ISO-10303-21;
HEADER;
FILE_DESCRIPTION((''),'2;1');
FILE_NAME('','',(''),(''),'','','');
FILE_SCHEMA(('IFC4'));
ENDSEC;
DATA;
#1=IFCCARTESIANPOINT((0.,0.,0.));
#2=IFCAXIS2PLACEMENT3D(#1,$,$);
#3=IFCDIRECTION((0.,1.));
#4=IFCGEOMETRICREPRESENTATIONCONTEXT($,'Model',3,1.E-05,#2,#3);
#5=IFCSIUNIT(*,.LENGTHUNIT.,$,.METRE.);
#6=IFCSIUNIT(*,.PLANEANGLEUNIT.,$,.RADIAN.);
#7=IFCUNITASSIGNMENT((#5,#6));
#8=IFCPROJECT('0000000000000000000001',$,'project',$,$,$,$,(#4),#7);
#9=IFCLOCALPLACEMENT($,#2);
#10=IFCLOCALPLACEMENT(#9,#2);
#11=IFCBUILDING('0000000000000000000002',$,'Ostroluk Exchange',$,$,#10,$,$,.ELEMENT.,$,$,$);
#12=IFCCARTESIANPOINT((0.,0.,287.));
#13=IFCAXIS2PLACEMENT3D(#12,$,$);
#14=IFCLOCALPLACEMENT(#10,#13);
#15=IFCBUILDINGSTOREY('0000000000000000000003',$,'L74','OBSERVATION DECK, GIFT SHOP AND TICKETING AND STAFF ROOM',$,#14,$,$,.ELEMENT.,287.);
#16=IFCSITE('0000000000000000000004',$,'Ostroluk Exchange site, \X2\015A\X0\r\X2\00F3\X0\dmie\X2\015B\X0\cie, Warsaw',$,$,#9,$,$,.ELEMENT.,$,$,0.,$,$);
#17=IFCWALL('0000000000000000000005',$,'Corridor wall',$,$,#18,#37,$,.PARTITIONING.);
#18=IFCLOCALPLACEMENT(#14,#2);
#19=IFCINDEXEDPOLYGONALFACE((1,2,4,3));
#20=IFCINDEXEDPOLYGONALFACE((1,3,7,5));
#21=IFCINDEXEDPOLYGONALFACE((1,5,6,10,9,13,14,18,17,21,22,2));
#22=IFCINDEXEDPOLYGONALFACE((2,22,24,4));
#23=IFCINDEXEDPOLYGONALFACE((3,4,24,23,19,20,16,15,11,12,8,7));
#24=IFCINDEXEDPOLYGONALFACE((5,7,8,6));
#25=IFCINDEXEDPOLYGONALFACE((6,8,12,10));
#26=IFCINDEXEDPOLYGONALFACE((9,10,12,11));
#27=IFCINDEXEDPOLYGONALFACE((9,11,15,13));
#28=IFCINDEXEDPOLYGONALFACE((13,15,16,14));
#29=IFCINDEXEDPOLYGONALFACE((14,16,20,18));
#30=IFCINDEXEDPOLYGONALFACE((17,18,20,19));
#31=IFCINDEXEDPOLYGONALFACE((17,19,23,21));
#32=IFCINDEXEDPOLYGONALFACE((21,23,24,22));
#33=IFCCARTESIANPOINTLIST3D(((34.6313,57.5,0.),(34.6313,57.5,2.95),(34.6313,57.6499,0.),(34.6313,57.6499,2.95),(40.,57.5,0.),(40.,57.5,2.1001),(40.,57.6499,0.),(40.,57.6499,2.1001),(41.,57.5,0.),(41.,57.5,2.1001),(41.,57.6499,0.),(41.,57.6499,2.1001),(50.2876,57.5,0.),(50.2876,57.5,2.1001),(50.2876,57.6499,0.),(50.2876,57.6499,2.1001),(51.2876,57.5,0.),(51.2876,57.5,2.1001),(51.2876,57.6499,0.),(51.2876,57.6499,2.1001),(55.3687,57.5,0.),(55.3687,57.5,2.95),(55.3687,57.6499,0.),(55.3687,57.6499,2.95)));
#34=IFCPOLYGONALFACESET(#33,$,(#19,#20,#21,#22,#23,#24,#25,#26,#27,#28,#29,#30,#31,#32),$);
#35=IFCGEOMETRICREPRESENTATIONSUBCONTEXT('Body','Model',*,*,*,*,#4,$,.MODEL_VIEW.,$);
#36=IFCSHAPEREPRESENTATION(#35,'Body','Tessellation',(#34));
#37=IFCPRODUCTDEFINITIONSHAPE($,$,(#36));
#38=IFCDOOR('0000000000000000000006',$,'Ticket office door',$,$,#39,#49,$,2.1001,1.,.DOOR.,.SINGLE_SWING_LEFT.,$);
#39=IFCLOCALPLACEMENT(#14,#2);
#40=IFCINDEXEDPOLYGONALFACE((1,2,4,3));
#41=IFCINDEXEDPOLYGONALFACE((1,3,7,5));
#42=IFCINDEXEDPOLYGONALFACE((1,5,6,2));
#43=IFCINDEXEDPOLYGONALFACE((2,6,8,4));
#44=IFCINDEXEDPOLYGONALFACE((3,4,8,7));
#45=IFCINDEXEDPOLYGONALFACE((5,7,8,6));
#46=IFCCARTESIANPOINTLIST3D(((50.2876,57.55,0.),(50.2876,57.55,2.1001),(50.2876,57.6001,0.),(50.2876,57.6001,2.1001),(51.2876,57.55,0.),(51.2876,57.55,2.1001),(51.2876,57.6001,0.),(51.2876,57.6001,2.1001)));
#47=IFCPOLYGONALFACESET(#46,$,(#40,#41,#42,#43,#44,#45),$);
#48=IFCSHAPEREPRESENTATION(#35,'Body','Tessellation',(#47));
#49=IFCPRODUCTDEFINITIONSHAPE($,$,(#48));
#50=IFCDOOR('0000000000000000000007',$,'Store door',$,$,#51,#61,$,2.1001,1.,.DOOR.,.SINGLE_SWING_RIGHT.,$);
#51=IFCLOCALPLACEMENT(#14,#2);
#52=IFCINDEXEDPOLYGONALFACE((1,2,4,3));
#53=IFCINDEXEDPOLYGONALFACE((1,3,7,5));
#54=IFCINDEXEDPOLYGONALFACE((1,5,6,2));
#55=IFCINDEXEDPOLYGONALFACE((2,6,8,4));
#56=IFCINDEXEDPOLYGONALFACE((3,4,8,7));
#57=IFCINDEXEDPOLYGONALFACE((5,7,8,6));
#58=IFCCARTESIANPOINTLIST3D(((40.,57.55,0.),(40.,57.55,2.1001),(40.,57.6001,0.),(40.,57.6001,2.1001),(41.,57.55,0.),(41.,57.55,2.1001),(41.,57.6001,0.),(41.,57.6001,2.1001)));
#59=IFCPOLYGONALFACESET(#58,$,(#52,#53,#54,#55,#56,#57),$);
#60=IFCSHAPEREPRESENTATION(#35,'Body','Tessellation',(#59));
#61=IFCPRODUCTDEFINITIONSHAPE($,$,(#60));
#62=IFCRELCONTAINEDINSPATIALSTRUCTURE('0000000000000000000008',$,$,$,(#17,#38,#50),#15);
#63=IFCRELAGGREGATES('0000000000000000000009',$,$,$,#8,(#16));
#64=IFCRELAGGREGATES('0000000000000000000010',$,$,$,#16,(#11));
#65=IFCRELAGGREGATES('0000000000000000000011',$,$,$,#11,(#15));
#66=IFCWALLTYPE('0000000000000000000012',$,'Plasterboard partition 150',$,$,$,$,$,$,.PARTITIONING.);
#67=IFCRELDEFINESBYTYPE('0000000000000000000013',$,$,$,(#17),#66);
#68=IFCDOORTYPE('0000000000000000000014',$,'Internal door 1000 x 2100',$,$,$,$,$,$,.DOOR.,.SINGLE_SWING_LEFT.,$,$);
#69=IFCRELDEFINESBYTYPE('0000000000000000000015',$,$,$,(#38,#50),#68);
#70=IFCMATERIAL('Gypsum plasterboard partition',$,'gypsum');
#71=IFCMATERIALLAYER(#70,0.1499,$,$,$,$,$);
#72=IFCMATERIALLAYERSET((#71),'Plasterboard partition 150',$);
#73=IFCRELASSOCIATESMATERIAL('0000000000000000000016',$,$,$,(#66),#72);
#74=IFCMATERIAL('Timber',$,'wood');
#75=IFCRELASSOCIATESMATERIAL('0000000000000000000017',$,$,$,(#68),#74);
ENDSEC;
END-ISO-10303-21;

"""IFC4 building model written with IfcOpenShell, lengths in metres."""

from ifc_helpers import new_model, si_unit, direction, frame, frame_2d, origin, place, context, subcontext, project, spatial, rectangle, extrude, material, layer, layer_set, type_object, element, fill, save


model = new_model("IFC4")

# Units and contexts
model_context = context("Model", 3, precision=1e-05, world=origin(), true_north=direction((0.0, 1.0)))
body_context = subcontext(model_context, "Body", "Model", "MODEL_VIEW")
ifc_project = project(units=[si_unit("LENGTHUNIT", "METRE"), si_unit("PLANEANGLEUNIT", "RADIAN")], contexts=[model_context])

# Site, building, storey
site_placement = place(None, origin())
site = spatial("IfcSite", under=ifc_project, at=site_placement, Name="Ostroluk Exchange site, Śródmieście, Warsaw", CompositionType="ELEMENT", RefElevation=0.0)
building_placement = place(site_placement, origin())
building = spatial("IfcBuilding", under=site, at=building_placement, Name="Ostroluk Exchange", CompositionType="ELEMENT")
storey_placement = place(building_placement, frame((0.0, 0.0, 287.0)))
storey = spatial("IfcBuildingStorey", under=building, at=storey_placement, Name="L74", Description="OBSERVATION DECK, GIFT SHOP AND TICKETING AND STAFF ROOM", CompositionType="ELEMENT", Elevation=287.0)

# Wall, openings, doors
ifc_material_1 = material(Name="Gypsum plasterboard partition", Category="gypsum")
ifc_layer_1 = layer(ifc_material_1, 0.1499)
ifc_layer_set_1 = layer_set([ifc_layer_1], Name="Plasterboard partition 150")
wall_type_1 = type_object("IfcWallType", Name="Plasterboard partition 150", PredefinedType="PARTITIONING", material=ifc_layer_set_1)
wall_1_placement = place(storey_placement, frame((55.3687, 57.575, 0.0), z_axis=(0.0, 0.0, 1.0), x_axis=(-1.0, 0.0, 0.0)))
wall_1 = element("IfcWall", 1, at=wall_1_placement, inside=storey, type_object=wall_type_1, Name="Corridor wall", PredefinedType="PARTITIONING", context=body_context, shape_type="SweptSolid", body=[
    extrude(rectangle(XDim=20.7373, YDim=0.1499, at=frame_2d((10.3687, 0.0))), origin(), (0.0, 0.0, 1.0), 2.95),
])
opening_1_placement = place(wall_1_placement, frame((4.0811, 0.0, 0.0)))
opening_1 = element("IfcOpeningElement", 2, at=opening_1_placement, cuts=wall_1, PredefinedType="OPENING", context=body_context, shape_type="SweptSolid", body=[
    extrude(rectangle(XDim=1.0, YDim=2.1001, at=frame_2d((0.5, 1.05))), frame((0.0, 0.085, 0.0), z_axis=(0.0, -1.0, 0.0), x_axis=(1.0, 0.0, 0.0)), (0.0, 0.0, 1.0), 0.1699),
])
opening_2_placement = place(wall_1_placement, frame((14.3687, 0.0, 0.0)))
opening_2 = element("IfcOpeningElement", 3, at=opening_2_placement, cuts=wall_1, PredefinedType="OPENING", context=body_context, shape_type="SweptSolid", body=[
    extrude(rectangle(XDim=1.0, YDim=2.1001, at=frame_2d((0.5, 1.05))), frame((0.0, 0.085, 0.0), z_axis=(0.0, -1.0, 0.0), x_axis=(1.0, 0.0, 0.0)), (0.0, 0.0, 1.0), 0.1699),
])
ifc_material_2 = material(Name="Timber", Category="wood")
door_type_1 = type_object("IfcDoorType", Name="Internal door 1000 x 2100", OperationType="SINGLE_SWING_LEFT", PredefinedType="DOOR", material=ifc_material_2)
door_1_placement = place(opening_1_placement, origin())
door_1 = element("IfcDoor", 4, at=door_1_placement, inside=storey, type_object=door_type_1, Name="Ticket office door", OperationType="SINGLE_SWING_LEFT", OverallHeight=2.1001, OverallWidth=1.0, PredefinedType="DOOR", context=body_context, shape_type="SweptSolid", body=[
    extrude(rectangle(XDim=1.0, YDim=2.1001, at=frame_2d((0.5, 1.05))), frame((0.0, 0.0249, 0.0), z_axis=(0.0, -1.0, 0.0), x_axis=(1.0, 0.0, 0.0)), (0.0, 0.0, 1.0), 0.05),
])
fill(opening_1, door_1)
door_2_placement = place(opening_2_placement, origin())
door_2 = element("IfcDoor", 5, at=door_2_placement, inside=storey, type_object=door_type_1, Name="Store door", OperationType="SINGLE_SWING_RIGHT", OverallHeight=2.1001, OverallWidth=1.0, PredefinedType="DOOR", context=body_context, shape_type="SweptSolid", body=[
    extrude(rectangle(XDim=1.0, YDim=2.1001, at=frame_2d((0.5, 1.05))), frame((0.0, 0.0249, 0.0), z_axis=(0.0, -1.0, 0.0), x_axis=(1.0, 0.0, 0.0)), (0.0, 0.0, 1.0), 0.05),
])
fill(opening_2, door_2)

save(model, "model.ifc")
